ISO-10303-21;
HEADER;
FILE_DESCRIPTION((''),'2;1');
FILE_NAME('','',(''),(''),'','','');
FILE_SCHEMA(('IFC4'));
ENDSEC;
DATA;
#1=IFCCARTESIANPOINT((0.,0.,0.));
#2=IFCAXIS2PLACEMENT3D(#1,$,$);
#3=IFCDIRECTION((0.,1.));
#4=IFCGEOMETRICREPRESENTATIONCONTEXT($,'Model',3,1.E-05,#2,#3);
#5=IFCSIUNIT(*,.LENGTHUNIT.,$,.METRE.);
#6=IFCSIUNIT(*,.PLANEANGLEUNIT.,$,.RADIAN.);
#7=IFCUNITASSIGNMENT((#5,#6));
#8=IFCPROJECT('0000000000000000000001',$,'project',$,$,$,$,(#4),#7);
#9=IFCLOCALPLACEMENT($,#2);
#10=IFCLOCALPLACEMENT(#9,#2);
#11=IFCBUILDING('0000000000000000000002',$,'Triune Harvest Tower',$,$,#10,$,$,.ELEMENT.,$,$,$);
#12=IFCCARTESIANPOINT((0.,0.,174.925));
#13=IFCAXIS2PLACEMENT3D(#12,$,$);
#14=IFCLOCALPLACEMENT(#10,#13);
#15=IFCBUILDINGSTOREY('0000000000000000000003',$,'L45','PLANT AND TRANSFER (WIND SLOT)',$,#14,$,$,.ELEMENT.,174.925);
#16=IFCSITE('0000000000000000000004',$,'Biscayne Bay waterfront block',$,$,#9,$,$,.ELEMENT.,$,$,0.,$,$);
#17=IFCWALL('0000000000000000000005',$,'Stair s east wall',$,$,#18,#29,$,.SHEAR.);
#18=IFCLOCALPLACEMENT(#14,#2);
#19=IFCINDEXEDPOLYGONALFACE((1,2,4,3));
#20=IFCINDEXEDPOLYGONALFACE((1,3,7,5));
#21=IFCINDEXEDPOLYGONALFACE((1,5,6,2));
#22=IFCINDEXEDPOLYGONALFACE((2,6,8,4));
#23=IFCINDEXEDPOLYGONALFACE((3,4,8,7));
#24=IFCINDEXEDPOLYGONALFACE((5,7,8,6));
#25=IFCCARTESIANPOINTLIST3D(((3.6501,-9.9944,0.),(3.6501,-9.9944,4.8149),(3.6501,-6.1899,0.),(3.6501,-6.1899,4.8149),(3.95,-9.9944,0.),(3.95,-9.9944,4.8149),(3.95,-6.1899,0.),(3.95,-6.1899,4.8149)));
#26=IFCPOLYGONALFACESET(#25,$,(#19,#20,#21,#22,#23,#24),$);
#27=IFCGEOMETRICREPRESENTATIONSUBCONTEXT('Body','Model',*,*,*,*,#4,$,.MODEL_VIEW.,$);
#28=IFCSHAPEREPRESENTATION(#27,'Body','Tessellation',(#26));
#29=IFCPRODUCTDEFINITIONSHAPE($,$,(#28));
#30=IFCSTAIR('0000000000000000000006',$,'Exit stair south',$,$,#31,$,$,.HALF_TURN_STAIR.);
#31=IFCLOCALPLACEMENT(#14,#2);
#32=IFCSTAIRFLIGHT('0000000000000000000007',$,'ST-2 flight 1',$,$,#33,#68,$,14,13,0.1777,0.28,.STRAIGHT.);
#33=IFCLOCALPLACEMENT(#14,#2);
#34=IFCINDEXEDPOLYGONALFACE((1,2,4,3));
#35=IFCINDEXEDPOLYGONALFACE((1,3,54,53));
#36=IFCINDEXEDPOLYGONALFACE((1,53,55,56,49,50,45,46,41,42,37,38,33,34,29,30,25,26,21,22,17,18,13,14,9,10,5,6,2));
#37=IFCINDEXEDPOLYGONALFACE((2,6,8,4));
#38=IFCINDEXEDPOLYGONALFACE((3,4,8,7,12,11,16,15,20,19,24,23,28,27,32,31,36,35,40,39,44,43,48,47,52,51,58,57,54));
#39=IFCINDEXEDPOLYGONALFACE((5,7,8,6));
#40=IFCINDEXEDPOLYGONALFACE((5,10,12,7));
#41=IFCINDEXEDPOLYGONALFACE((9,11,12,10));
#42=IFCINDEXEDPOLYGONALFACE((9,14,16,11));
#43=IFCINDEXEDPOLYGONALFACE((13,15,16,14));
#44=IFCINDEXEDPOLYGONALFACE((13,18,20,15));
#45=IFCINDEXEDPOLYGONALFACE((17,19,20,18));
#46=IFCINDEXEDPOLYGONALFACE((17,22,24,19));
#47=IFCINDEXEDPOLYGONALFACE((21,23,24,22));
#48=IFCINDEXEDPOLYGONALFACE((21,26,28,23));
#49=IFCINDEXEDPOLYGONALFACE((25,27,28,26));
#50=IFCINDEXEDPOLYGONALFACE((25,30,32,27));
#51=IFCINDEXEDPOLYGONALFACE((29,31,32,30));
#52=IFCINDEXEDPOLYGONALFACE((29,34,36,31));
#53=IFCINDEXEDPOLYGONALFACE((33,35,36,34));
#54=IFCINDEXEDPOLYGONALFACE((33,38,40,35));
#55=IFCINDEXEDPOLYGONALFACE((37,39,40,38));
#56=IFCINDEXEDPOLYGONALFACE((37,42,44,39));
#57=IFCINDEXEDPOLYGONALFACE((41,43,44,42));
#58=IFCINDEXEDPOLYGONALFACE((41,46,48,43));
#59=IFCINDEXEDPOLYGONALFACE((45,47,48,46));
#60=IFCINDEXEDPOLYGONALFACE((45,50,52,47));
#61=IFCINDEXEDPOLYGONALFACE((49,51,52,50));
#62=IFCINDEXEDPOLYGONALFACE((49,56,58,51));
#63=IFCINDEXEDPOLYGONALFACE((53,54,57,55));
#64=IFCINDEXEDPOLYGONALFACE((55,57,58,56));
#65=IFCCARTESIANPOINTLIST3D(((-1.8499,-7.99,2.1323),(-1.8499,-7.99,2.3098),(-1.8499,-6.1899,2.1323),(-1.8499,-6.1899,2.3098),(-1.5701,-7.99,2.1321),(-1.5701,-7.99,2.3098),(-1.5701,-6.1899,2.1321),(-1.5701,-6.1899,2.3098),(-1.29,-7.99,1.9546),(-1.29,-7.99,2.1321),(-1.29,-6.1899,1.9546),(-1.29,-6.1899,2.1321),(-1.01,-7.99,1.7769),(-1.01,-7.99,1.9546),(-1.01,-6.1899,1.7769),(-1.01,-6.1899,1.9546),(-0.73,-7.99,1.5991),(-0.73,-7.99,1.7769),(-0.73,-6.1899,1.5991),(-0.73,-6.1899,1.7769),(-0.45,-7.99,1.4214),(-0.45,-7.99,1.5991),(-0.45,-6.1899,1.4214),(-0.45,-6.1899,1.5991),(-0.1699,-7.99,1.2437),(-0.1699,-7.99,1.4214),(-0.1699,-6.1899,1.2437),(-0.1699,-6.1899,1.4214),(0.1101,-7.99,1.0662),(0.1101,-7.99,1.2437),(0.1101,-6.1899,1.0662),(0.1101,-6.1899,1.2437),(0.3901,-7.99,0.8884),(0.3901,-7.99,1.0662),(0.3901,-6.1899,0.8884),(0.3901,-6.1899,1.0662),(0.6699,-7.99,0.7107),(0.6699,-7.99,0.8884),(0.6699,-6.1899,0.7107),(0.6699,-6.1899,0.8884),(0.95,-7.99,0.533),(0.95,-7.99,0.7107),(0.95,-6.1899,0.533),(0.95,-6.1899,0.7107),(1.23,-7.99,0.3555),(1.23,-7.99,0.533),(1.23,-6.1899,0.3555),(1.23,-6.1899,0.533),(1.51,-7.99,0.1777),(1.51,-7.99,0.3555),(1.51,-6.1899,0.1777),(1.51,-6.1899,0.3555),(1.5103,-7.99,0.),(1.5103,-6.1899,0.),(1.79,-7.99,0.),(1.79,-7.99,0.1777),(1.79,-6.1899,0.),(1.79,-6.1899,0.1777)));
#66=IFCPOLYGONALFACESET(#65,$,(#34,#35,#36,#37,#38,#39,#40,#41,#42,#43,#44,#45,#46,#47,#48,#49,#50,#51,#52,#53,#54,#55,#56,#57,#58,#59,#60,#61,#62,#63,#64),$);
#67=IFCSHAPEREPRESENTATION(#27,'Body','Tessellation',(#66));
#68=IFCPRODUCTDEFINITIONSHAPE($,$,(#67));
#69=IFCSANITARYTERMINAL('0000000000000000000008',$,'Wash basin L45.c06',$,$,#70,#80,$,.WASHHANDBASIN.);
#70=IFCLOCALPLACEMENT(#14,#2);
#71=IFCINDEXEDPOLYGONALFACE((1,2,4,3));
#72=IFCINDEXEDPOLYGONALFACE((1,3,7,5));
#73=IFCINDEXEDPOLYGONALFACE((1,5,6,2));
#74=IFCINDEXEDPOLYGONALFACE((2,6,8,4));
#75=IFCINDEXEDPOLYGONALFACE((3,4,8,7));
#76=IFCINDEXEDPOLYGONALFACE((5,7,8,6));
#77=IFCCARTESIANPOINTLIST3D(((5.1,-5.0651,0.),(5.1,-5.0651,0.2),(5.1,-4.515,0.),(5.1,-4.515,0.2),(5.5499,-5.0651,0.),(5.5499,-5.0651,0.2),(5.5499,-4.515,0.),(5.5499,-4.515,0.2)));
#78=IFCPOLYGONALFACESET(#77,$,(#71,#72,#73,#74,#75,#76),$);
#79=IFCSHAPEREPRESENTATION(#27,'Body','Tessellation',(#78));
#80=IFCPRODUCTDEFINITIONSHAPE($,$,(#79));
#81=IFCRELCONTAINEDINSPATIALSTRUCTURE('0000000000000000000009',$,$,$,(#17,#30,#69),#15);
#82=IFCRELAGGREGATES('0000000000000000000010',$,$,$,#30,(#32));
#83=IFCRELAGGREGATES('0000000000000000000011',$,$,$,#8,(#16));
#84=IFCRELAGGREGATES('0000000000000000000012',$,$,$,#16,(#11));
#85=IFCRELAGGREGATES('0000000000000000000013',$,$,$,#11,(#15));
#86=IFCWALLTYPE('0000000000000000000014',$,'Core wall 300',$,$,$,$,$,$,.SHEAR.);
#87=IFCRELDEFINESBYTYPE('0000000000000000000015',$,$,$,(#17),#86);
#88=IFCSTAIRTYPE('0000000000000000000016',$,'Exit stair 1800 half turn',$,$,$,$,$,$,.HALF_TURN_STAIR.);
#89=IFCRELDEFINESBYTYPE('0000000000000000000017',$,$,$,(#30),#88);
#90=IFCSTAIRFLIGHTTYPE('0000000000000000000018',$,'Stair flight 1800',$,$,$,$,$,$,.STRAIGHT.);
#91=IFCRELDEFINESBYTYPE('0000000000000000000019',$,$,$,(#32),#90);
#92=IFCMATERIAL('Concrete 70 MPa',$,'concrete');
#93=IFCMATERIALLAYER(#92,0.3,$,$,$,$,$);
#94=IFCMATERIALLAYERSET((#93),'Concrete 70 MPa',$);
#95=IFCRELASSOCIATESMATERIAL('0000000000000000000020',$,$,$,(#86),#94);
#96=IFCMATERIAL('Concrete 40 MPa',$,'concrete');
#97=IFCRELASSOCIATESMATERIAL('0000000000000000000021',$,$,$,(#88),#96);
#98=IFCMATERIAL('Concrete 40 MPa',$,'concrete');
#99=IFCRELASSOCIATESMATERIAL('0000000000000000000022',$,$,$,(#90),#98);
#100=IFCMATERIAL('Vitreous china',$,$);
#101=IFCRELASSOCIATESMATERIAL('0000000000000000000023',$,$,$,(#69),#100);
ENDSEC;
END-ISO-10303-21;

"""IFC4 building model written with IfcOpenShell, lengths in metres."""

from ifc_helpers import new_model, si_unit, direction, frame, origin, origin_2d, place, context, subcontext, project, spatial, polyline, rectangle, outline, extrude, source, transform, mapped, material, layer, layer_set, type_object, element, aggregate, save


model = new_model("IFC4")

# Units and contexts
model_context = context("Model", 3, precision=1e-05, world=origin(), true_north=direction((0.0, 1.0)))
body_context = subcontext(model_context, "Body", "Model", "MODEL_VIEW")
ifc_project = project(units=[si_unit("LENGTHUNIT", "METRE"), si_unit("PLANEANGLEUNIT", "RADIAN")], contexts=[model_context])

# Site, building, storey
site_placement = place(None, origin())
site = spatial("IfcSite", under=ifc_project, at=site_placement, Name="Biscayne Bay waterfront block", CompositionType="ELEMENT", RefElevation=0.0)
building_placement = place(site_placement, origin())
building = spatial("IfcBuilding", under=site, at=building_placement, Name="Triune Harvest Tower", CompositionType="ELEMENT")
storey_placement = place(building_placement, frame((0.0, 0.0, 174.925)))
storey = spatial("IfcBuildingStorey", under=building, at=storey_placement, Name="L45", Description="PLANT AND TRANSFER (WIND SLOT)", CompositionType="ELEMENT", Elevation=174.925)

# Shared definitions
ifc_material_1 = material(Name="Concrete 70 MPa", Category="concrete")
ifc_layer_1 = layer(ifc_material_1, 0.3)
ifc_layer_set_1 = layer_set([ifc_layer_1], Name="Concrete 70 MPa")
wall_type_1 = type_object("IfcWallType", Name="Core wall 300", PredefinedType="SHEAR", material=ifc_layer_set_1)

# Wall
shared_shape_1 = source(origin(), body_context, "Body", "SweptSolid", [
    extrude(outline(polyline([(3.8, -0.1499), (-0.0044, -0.1499), (-0.0044, 0.1499), (3.8, 0.1499), (3.8, -0.1499)])), origin(), (0.0, 0.0, 1.0), 4.8149),
])
wall_1_placement = place(storey_placement, frame((3.8, -9.99, 0.0), z_axis=(0.0, 0.0, 1.0), x_axis=(0.0, 1.0, 0.0)))
element("IfcWall", 1, at=wall_1_placement, inside=storey, type_object=wall_type_1, Name="Stair s east wall", PredefinedType="SHEAR", context=body_context, shape_type="MappedRepresentation", body=[
    mapped(shared_shape_1, transform((0.0, 0.0, 0.0), scale=1.0)),
])

# Stair, stair flight
ifc_material_2 = material(Name="Concrete 40 MPa", Category="concrete")
stair_type = type_object("IfcStairType", Name="Exit stair 1800 half turn", PredefinedType="HALF_TURN_STAIR", material=ifc_material_2)
stair_placement = place(storey_placement, origin())
stair = element("IfcStair", 2, at=stair_placement, inside=storey, type_object=stair_type, Name="Exit stair south", PredefinedType="HALF_TURN_STAIR")
ifc_material_3 = material(Name="Concrete 40 MPa", Category="concrete")
stair_flight_type = type_object("IfcStairFlightType", Name="Stair flight 1800", PredefinedType="STRAIGHT", material=ifc_material_3)
shared_shape_2 = source(origin(), body_context, "Body", "SweptSolid", [
    extrude(outline(polyline([(0.0, 0.0), (0.0, 0.1777), (0.28, 0.1777), (0.28, 0.3555), (0.5601, 0.3555), (0.5601, 0.533), (0.8401, 0.533), (0.8401, 0.7107), (1.1201, 0.7107), (1.1201, 0.8884), (1.3999, 0.8884), (1.3999, 1.0662), (1.6799, 1.0662), (1.6799, 1.2437), (1.96, 1.2437), (1.96, 1.4214), (2.24, 1.4214), (2.24, 1.5991), (2.52, 1.5991), (2.52, 1.7769), (2.8, 1.7769), (2.8, 1.9546), (3.0801, 1.9546), (3.0801, 2.1321), (3.3601, 2.1321), (3.3601, 2.3098), (3.6399, 2.3098), (3.6399, 2.4875), (3.6399, 2.1323), (0.2798, 0.0), (0.0, 0.0)])), frame((0.0, 0.8999, 0.0), z_axis=(0.0, -1.0, 0.0), x_axis=(1.0, 0.0, 0.0)), (0.0, 0.0, 1.0), 1.8),
])
stair_flight_placement = place(storey_placement, frame((1.79, -7.0901, 0.0), z_axis=(0.0, 0.0, 1.0), x_axis=(-1.0, 0.0, 0.0)))
stair_flight = element("IfcStairFlight", 3, at=stair_flight_placement, type_object=stair_flight_type, Name="ST-2 flight 1", NumberOfRisers=14, NumberOfTreads=13, PredefinedType="STRAIGHT", RiserHeight=0.1777, TreadLength=0.28, context=body_context, shape_type="MappedRepresentation", body=[
    mapped(shared_shape_2, transform((0.0, 0.0, 0.0), scale=1.0)),
])
aggregate(stair, [stair_flight])

# Sanitary terminal
ifc_material_4 = material(Name="Vitreous china")
shared_shape_3 = source(origin(), body_context, "Body", "SweptSolid", [
    extrude(rectangle(XDim=0.55, YDim=0.45, at=origin_2d()), origin(), (0.0, 0.0, 1.0), 0.2),
])
sanitary_terminal_placement = place(storey_placement, frame((5.325, -4.79, 0.0), z_axis=(0.0, 0.0, 1.0), x_axis=(0.0, 1.0, 0.0)))
element("IfcSanitaryTerminal", 4, at=sanitary_terminal_placement, inside=storey, material=ifc_material_4, Name="Wash basin L45.c06", PredefinedType="WASHHANDBASIN", context=body_context, shape_type="MappedRepresentation", body=[
    mapped(shared_shape_3, transform((0.0, 0.0, 0.0), scale=1.0)),
])

save(model, "model.ifc")
